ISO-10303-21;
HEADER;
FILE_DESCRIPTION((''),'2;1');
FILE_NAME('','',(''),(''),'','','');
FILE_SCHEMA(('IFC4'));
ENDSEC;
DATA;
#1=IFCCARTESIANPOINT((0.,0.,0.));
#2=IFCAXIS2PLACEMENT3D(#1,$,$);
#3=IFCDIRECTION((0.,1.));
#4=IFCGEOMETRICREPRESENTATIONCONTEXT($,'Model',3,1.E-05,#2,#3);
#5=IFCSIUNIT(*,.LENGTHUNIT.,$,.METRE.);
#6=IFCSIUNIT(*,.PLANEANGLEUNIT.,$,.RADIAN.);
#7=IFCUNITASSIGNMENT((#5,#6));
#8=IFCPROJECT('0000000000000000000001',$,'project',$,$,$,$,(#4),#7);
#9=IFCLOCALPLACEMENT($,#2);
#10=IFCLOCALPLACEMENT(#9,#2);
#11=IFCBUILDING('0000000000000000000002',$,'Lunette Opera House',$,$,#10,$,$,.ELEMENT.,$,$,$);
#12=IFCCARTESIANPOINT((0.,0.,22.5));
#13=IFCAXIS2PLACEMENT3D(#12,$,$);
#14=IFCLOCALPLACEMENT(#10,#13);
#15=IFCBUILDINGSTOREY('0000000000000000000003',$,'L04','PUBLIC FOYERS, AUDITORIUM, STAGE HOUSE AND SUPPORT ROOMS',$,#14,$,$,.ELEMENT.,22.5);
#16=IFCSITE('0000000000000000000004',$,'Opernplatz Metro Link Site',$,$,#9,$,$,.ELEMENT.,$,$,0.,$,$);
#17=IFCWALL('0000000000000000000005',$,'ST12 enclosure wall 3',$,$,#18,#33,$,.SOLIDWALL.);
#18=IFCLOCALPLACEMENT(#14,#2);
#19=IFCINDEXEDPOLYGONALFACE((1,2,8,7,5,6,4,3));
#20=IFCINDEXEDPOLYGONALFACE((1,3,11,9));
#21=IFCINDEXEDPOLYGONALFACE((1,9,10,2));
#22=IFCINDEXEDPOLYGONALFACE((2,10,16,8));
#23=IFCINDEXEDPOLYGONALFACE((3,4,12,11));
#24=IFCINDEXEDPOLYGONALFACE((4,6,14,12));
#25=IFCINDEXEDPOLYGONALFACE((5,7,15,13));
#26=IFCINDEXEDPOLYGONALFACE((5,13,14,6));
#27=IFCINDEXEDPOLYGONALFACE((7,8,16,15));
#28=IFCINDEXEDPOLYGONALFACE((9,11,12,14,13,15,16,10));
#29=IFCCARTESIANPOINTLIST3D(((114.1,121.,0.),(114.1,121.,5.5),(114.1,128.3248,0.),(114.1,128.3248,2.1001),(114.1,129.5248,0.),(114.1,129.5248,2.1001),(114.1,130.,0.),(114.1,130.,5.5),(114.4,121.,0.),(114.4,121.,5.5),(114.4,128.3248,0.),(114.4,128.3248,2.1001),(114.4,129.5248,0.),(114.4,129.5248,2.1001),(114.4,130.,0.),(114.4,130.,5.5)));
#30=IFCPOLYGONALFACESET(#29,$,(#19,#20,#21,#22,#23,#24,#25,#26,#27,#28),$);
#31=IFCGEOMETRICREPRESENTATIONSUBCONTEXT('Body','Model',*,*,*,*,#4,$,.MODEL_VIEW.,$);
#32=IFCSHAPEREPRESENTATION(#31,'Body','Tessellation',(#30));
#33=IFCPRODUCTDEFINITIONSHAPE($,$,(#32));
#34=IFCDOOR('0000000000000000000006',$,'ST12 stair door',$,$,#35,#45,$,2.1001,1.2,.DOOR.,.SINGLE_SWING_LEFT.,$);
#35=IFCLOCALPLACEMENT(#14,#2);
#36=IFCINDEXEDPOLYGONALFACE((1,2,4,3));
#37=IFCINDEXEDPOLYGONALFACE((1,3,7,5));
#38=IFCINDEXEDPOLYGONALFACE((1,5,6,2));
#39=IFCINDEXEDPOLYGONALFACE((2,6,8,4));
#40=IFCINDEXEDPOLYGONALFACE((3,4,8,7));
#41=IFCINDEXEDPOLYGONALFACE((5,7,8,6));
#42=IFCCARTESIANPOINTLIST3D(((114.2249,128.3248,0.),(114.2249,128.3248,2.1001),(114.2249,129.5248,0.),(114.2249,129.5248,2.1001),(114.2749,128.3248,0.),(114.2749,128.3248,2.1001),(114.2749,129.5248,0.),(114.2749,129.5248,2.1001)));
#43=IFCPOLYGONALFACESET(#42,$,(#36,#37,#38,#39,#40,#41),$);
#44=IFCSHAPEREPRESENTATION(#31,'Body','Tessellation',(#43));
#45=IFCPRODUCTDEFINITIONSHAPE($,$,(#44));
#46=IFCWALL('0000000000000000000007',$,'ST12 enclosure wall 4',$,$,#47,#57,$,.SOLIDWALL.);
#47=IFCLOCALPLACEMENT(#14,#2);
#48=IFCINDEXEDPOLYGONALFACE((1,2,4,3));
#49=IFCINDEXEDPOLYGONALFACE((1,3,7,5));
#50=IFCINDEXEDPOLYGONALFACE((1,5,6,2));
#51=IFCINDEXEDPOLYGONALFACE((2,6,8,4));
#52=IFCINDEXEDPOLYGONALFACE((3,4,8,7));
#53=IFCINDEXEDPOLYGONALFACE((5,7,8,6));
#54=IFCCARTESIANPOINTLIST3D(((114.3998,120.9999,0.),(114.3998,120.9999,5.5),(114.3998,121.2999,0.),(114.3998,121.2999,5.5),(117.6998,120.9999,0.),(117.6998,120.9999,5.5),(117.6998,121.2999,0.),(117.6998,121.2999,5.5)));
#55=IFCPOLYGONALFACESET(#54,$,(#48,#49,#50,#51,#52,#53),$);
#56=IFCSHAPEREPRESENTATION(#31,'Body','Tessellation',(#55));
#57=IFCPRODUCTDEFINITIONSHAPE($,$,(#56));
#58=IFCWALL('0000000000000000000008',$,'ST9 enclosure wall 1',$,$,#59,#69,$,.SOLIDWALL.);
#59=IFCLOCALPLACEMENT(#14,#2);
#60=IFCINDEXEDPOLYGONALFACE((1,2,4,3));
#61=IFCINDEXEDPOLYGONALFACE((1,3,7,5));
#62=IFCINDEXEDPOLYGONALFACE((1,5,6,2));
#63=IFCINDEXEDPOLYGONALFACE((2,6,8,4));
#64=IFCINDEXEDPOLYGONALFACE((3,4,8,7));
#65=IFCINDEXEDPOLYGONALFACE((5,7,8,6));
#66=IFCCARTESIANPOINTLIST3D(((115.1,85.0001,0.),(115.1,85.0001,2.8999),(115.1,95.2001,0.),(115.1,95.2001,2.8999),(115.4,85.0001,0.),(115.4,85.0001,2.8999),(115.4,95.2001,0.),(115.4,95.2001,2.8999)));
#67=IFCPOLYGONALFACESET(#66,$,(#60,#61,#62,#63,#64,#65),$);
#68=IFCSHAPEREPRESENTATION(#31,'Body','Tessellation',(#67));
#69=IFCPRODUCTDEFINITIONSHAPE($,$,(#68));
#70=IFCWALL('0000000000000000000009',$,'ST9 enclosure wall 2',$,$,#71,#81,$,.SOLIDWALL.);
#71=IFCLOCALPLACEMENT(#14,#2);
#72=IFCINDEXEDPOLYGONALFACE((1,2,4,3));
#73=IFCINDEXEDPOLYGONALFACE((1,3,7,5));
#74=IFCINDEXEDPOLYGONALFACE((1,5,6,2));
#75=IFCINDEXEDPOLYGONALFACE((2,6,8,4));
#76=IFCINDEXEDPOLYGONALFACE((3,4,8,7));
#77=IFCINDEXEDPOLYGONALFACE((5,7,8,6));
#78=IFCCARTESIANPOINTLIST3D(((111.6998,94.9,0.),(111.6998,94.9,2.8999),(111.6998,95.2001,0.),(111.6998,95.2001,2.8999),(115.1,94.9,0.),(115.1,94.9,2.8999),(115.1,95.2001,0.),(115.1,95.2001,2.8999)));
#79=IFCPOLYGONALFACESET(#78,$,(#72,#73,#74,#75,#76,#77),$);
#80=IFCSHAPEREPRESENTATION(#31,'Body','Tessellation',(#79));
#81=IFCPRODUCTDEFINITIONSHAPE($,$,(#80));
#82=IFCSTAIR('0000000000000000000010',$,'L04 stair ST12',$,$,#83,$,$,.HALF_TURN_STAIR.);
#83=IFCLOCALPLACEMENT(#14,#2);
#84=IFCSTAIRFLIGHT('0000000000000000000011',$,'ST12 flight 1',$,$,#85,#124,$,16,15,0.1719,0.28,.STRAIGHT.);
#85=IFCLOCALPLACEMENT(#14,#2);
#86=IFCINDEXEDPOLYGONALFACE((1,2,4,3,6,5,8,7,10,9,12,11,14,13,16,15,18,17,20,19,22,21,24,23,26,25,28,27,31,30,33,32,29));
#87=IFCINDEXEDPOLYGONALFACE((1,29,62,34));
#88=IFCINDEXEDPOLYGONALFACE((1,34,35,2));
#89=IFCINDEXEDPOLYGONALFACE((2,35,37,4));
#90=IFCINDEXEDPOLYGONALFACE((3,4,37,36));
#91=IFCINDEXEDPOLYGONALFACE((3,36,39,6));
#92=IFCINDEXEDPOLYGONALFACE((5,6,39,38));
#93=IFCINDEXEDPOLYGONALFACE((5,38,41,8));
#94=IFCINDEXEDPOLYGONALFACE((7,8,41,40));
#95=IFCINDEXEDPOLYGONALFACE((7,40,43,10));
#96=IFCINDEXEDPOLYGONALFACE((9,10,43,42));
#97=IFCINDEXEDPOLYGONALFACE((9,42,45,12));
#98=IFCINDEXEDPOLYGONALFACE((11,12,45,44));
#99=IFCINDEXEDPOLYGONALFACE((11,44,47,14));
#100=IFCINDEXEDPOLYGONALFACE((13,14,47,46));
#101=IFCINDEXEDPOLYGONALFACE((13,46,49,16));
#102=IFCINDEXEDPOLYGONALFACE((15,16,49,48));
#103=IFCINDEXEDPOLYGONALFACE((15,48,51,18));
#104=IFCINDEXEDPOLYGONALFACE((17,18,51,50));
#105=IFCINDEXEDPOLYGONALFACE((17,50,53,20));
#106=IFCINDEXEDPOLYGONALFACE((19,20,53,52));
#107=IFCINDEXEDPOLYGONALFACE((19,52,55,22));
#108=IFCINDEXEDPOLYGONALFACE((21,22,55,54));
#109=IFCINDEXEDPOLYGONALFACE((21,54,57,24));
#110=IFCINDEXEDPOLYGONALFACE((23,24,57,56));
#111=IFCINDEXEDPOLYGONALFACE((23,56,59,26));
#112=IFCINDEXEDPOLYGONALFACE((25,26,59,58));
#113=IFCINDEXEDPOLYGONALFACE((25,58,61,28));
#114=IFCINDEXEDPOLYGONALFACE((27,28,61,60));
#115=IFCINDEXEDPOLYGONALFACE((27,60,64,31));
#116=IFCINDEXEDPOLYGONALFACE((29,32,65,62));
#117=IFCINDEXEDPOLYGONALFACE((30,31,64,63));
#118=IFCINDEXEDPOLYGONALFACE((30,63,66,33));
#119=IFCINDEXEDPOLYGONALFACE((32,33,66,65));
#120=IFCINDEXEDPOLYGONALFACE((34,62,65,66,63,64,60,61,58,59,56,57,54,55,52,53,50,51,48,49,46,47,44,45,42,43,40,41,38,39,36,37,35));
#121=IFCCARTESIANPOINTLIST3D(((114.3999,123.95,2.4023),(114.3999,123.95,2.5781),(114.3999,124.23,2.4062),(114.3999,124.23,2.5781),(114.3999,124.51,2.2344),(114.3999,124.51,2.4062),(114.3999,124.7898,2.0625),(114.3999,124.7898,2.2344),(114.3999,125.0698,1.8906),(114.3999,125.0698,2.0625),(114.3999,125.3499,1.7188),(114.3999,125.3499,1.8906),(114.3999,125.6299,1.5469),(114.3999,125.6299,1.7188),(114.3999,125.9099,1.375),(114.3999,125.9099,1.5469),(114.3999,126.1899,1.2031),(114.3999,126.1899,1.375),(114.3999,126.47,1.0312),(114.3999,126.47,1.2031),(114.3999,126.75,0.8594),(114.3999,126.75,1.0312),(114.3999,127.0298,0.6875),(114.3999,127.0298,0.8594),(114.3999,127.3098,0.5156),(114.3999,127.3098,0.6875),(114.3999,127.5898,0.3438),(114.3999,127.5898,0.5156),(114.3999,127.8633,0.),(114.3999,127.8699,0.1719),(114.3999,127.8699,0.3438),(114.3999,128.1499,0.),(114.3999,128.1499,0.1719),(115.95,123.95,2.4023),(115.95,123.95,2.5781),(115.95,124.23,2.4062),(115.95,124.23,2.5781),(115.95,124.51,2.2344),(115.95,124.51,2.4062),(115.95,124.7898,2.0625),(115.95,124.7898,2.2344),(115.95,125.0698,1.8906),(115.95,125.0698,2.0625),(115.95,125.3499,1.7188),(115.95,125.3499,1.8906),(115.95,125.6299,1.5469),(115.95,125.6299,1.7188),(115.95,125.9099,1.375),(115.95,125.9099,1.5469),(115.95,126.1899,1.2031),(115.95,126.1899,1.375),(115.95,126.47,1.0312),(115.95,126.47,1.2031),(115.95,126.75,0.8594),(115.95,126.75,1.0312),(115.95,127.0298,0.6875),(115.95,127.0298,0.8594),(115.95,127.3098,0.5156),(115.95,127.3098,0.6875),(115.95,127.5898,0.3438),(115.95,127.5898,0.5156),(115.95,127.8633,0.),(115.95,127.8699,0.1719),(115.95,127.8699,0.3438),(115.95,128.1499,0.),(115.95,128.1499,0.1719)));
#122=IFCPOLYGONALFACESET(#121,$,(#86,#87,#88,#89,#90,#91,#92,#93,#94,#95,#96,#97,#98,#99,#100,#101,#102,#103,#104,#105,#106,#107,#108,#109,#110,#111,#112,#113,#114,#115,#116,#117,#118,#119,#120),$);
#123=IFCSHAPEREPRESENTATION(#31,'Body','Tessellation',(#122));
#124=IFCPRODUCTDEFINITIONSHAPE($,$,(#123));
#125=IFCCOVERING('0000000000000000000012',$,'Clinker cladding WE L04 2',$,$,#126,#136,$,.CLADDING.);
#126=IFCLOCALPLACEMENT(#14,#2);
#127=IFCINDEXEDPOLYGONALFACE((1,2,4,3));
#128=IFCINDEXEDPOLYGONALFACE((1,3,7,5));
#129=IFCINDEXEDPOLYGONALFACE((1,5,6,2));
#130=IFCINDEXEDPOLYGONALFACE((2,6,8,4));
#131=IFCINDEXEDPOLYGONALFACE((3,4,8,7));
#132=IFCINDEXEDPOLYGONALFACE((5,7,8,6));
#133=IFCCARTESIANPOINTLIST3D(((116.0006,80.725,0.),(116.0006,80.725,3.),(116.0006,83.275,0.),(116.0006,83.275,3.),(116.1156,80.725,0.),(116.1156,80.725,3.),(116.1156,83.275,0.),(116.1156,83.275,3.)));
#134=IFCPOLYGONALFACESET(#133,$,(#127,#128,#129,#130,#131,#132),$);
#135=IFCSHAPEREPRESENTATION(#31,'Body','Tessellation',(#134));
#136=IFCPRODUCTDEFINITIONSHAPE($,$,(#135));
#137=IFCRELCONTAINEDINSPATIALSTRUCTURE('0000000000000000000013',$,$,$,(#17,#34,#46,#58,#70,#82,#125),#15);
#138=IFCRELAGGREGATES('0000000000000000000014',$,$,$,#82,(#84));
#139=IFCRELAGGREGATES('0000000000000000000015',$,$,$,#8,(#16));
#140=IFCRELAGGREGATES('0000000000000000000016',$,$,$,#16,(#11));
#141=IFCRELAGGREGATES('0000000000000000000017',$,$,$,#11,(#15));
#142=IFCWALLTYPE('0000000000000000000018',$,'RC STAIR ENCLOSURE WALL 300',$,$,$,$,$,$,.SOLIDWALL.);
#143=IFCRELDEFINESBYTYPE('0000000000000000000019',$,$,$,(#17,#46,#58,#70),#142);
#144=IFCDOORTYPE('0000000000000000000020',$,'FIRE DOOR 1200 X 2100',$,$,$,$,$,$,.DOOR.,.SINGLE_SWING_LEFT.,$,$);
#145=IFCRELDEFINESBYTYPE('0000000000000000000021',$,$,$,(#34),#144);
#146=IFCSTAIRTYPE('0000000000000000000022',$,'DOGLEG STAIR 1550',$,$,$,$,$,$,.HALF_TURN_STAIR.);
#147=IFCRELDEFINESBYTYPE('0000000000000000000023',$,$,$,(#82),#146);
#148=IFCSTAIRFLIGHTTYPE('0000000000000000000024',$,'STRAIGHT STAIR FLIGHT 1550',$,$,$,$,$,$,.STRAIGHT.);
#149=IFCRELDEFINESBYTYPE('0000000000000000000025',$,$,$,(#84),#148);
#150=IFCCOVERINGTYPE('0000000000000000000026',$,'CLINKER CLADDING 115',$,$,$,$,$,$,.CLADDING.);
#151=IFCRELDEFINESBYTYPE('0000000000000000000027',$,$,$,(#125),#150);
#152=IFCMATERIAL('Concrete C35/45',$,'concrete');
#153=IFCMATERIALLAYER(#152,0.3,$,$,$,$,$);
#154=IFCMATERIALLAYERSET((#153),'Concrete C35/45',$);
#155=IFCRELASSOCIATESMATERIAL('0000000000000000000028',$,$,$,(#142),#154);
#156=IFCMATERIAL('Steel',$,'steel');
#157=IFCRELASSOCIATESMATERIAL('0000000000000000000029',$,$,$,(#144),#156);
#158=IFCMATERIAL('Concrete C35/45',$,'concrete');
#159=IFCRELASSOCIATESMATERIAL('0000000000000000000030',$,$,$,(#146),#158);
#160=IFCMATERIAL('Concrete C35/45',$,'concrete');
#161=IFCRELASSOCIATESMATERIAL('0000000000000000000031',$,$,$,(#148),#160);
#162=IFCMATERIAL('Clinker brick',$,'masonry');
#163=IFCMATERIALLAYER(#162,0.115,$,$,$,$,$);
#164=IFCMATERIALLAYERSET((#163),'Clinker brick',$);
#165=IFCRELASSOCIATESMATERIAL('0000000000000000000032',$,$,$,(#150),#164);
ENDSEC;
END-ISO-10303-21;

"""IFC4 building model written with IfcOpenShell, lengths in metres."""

from ifc_helpers import new_model, si_unit, direction, frame, frame_2d, origin, origin_2d, place, context, subcontext, project, spatial, polyline, rectangle, outline, extrude, material, layer, layer_set, type_object, element, fill, aggregate, save


model = new_model("IFC4")

# Units and contexts
model_context = context("Model", 3, precision=1e-05, world=origin(), true_north=direction((0.0, 1.0)))
body_context = subcontext(model_context, "Body", "Model", "MODEL_VIEW")
ifc_project = project(units=[si_unit("LENGTHUNIT", "METRE"), si_unit("PLANEANGLEUNIT", "RADIAN")], contexts=[model_context])

# Site, building, storey
site_placement = place(None, origin())
site = spatial("IfcSite", under=ifc_project, at=site_placement, Name="Opernplatz Metro Link Site", CompositionType="ELEMENT", RefElevation=0.0)
building_placement = place(site_placement, origin())
building = spatial("IfcBuilding", under=site, at=building_placement, Name="Lunette Opera House", CompositionType="ELEMENT")
storey_placement = place(building_placement, frame((0.0, 0.0, 22.5)))
storey = spatial("IfcBuildingStorey", under=building, at=storey_placement, Name="L04", Description="PUBLIC FOYERS, AUDITORIUM, STAGE HOUSE AND SUPPORT ROOMS", CompositionType="ELEMENT", Elevation=22.5)

# Wall, opening, door
ifc_material_1 = material(Name="Concrete C35/45", Category="concrete")
ifc_layer_1 = layer(ifc_material_1, 0.3)
ifc_layer_set_1 = layer_set([ifc_layer_1], Name="Concrete C35/45")
wall_type_1 = type_object("IfcWallType", Name="RC STAIR ENCLOSURE WALL 300", PredefinedType="SOLIDWALL", material=ifc_layer_set_1)
wall_1_placement = place(storey_placement, frame((114.25, 130.0, 0.0), z_axis=(0.0, 0.0, 1.0), x_axis=(0.0, -1.0, 0.0)))
wall_1 = element("IfcWall", 1, at=wall_1_placement, inside=storey, type_object=wall_type_1, Name="ST12 enclosure wall 3", PredefinedType="SOLIDWALL", context=body_context, shape_type="SweptSolid", body=[
    extrude(rectangle(XDim=9.0, YDim=0.3, at=frame_2d((4.5, 0.0))), origin(), (0.0, 0.0, 1.0), 5.5),
])
opening_1_placement = place(wall_1_placement, frame((0.4751, 0.0, 0.0)))
opening_1 = element("IfcOpeningElement", 2, at=opening_1_placement, cuts=wall_1, PredefinedType="OPENING", context=body_context, shape_type="SweptSolid", body=[
    extrude(rectangle(XDim=1.2, YDim=2.1001, at=frame_2d((0.6001, 1.05))), frame((0.0, 0.1621, 0.0), z_axis=(0.0, -1.0, 0.0), x_axis=(1.0, 0.0, 0.0)), (0.0, 0.0, 1.0), 0.324),
])
ifc_material_2 = material(Name="Steel", Category="steel")
door_type_1 = type_object("IfcDoorType", Name="FIRE DOOR 1200 X 2100", OperationType="SINGLE_SWING_LEFT", PredefinedType="DOOR", material=ifc_material_2)
door_1_placement = place(opening_1_placement, origin())
door_1 = element("IfcDoor", 3, at=door_1_placement, inside=storey, type_object=door_type_1, Name="ST12 stair door", OperationType="SINGLE_SWING_LEFT", OverallHeight=2.1001, OverallWidth=1.2, PredefinedType="DOOR", context=body_context, shape_type="SweptSolid", body=[
    extrude(rectangle(XDim=1.2, YDim=2.1001, at=frame_2d((0.6001, 1.05))), frame((0.0, 0.0249, 0.0), z_axis=(0.0, -1.0, 0.0), x_axis=(1.0, 0.0, 0.0)), (0.0, 0.0, 1.0), 0.05),
])
fill(opening_1, door_1)

# Walls
wall_2_placement = place(storey_placement, frame((114.3999, 121.1499, 0.0), z_axis=(0.0, 0.0, 1.0), x_axis=(1.0, 0.0, 0.0)))
element("IfcWall", 4, at=wall_2_placement, inside=storey, type_object=wall_type_1, Name="ST12 enclosure wall 4", PredefinedType="SOLIDWALL", context=body_context, shape_type="SweptSolid", body=[
    extrude(rectangle(XDim=3.3, YDim=0.3, at=frame_2d((1.6499, 0.0))), origin(), (0.0, 0.0, 1.0), 5.5),
])
wall_3_placement = place(storey_placement, frame((115.25, 85.0, 0.0), z_axis=(0.0, 0.0, 1.0), x_axis=(0.0, 1.0, 0.0)))
element("IfcWall", 5, at=wall_3_placement, inside=storey, type_object=wall_type_1, Name="ST9 enclosure wall 1", PredefinedType="SOLIDWALL", context=body_context, shape_type="SweptSolid", body=[
    extrude(rectangle(XDim=10.2, YDim=0.3, at=frame_2d((5.1001, 0.0))), origin(), (0.0, 0.0, 1.0), 2.8999),
])
wall_4_placement = place(storey_placement, frame((115.1001, 95.05, 0.0), z_axis=(0.0, 0.0, 1.0), x_axis=(-1.0, 0.0, 0.0)))
element("IfcWall", 6, at=wall_4_placement, inside=storey, type_object=wall_type_1, Name="ST9 enclosure wall 2", PredefinedType="SOLIDWALL", context=body_context, shape_type="SweptSolid", body=[
    extrude(rectangle(XDim=3.4001, YDim=0.3, at=frame_2d((1.7002, 0.0))), origin(), (0.0, 0.0, 1.0), 2.8999),
])

# Stair, stair flight
ifc_material_3 = material(Name="Concrete C35/45", Category="concrete")
stair_type = type_object("IfcStairType", Name="DOGLEG STAIR 1550", PredefinedType="HALF_TURN_STAIR", material=ifc_material_3)
stair_placement = place(storey_placement, origin())
stair = element("IfcStair", 7, at=stair_placement, inside=storey, type_object=stair_type, Name="L04 stair ST12", PredefinedType="HALF_TURN_STAIR")
ifc_material_4 = material(Name="Concrete C35/45", Category="concrete")
stair_flight_type = type_object("IfcStairFlightType", Name="STRAIGHT STAIR FLIGHT 1550", PredefinedType="STRAIGHT", material=ifc_material_4)
stair_flight_placement = place(storey_placement, frame((115.175, 128.1499, 0.0), z_axis=(0.0, 0.0, 1.0), x_axis=(0.0, -1.0, 0.0)))
stair_flight = element("IfcStairFlight", 8, at=stair_flight_placement, type_object=stair_flight_type, Name="ST12 flight 1", NumberOfRisers=16, NumberOfTreads=15, PredefinedType="STRAIGHT", RiserHeight=0.1719, TreadLength=0.28, context=body_context, shape_type="SweptSolid", body=[
    extrude(outline(polyline([(0.0, 0.0), (0.0, 0.1719), (0.28, 0.1719), (0.28, 0.3438), (0.5601, 0.3438), (0.5601, 0.5156), (0.8401, 0.5156), (0.8401, 0.6875), (1.1201, 0.6875), (1.1201, 0.8594), (1.3999, 0.8594), (1.3999, 1.0312), (1.6799, 1.0312), (1.6799, 1.2031), (1.96, 1.2031), (1.96, 1.375), (2.24, 1.375), (2.24, 1.5469), (2.52, 1.5469), (2.52, 1.7188), (2.8, 1.7188), (2.8, 1.8906), (3.0801, 1.8906), (3.0801, 2.0625), (3.3601, 2.0625), (3.3601, 2.2344), (3.6399, 2.2344), (3.6399, 2.4062), (3.9199, 2.4062), (3.9199, 2.5781), (4.2, 2.5781), (4.2, 2.75), (4.2, 2.4023), (0.2866, 0.0), (0.0, 0.0)])), frame((0.0, 0.7749, 0.0), z_axis=(0.0, -1.0, 0.0), x_axis=(1.0, 0.0, 0.0)), (0.0, 0.0, 1.0), 1.55),
])
aggregate(stair, [stair_flight])

# Covering
ifc_material_5 = material(Name="Clinker brick", Category="masonry")
ifc_layer_2 = layer(ifc_material_5, 0.115)
ifc_layer_set_2 = layer_set([ifc_layer_2], Name="Clinker brick")
covering_type_1 = type_object("IfcCoveringType", Name="CLINKER CLADDING 115", PredefinedType="CLADDING", material=ifc_layer_set_2)
covering_1_placement = place(storey_placement, frame((116.0581, 82.0, 0.0), z_axis=(0.0, 0.0, 1.0), x_axis=(1.0, 0.0, 0.0)))
element("IfcCovering", 9, at=covering_1_placement, inside=storey, type_object=covering_type_1, Name="Clinker cladding WE L04 2", PredefinedType="CLADDING", context=body_context, shape_type="SweptSolid", body=[
    extrude(rectangle(XDim=0.115, YDim=2.55, at=origin_2d()), origin(), (0.0, 0.0, 1.0), 3.0),
])

save(model, "model.ifc")
